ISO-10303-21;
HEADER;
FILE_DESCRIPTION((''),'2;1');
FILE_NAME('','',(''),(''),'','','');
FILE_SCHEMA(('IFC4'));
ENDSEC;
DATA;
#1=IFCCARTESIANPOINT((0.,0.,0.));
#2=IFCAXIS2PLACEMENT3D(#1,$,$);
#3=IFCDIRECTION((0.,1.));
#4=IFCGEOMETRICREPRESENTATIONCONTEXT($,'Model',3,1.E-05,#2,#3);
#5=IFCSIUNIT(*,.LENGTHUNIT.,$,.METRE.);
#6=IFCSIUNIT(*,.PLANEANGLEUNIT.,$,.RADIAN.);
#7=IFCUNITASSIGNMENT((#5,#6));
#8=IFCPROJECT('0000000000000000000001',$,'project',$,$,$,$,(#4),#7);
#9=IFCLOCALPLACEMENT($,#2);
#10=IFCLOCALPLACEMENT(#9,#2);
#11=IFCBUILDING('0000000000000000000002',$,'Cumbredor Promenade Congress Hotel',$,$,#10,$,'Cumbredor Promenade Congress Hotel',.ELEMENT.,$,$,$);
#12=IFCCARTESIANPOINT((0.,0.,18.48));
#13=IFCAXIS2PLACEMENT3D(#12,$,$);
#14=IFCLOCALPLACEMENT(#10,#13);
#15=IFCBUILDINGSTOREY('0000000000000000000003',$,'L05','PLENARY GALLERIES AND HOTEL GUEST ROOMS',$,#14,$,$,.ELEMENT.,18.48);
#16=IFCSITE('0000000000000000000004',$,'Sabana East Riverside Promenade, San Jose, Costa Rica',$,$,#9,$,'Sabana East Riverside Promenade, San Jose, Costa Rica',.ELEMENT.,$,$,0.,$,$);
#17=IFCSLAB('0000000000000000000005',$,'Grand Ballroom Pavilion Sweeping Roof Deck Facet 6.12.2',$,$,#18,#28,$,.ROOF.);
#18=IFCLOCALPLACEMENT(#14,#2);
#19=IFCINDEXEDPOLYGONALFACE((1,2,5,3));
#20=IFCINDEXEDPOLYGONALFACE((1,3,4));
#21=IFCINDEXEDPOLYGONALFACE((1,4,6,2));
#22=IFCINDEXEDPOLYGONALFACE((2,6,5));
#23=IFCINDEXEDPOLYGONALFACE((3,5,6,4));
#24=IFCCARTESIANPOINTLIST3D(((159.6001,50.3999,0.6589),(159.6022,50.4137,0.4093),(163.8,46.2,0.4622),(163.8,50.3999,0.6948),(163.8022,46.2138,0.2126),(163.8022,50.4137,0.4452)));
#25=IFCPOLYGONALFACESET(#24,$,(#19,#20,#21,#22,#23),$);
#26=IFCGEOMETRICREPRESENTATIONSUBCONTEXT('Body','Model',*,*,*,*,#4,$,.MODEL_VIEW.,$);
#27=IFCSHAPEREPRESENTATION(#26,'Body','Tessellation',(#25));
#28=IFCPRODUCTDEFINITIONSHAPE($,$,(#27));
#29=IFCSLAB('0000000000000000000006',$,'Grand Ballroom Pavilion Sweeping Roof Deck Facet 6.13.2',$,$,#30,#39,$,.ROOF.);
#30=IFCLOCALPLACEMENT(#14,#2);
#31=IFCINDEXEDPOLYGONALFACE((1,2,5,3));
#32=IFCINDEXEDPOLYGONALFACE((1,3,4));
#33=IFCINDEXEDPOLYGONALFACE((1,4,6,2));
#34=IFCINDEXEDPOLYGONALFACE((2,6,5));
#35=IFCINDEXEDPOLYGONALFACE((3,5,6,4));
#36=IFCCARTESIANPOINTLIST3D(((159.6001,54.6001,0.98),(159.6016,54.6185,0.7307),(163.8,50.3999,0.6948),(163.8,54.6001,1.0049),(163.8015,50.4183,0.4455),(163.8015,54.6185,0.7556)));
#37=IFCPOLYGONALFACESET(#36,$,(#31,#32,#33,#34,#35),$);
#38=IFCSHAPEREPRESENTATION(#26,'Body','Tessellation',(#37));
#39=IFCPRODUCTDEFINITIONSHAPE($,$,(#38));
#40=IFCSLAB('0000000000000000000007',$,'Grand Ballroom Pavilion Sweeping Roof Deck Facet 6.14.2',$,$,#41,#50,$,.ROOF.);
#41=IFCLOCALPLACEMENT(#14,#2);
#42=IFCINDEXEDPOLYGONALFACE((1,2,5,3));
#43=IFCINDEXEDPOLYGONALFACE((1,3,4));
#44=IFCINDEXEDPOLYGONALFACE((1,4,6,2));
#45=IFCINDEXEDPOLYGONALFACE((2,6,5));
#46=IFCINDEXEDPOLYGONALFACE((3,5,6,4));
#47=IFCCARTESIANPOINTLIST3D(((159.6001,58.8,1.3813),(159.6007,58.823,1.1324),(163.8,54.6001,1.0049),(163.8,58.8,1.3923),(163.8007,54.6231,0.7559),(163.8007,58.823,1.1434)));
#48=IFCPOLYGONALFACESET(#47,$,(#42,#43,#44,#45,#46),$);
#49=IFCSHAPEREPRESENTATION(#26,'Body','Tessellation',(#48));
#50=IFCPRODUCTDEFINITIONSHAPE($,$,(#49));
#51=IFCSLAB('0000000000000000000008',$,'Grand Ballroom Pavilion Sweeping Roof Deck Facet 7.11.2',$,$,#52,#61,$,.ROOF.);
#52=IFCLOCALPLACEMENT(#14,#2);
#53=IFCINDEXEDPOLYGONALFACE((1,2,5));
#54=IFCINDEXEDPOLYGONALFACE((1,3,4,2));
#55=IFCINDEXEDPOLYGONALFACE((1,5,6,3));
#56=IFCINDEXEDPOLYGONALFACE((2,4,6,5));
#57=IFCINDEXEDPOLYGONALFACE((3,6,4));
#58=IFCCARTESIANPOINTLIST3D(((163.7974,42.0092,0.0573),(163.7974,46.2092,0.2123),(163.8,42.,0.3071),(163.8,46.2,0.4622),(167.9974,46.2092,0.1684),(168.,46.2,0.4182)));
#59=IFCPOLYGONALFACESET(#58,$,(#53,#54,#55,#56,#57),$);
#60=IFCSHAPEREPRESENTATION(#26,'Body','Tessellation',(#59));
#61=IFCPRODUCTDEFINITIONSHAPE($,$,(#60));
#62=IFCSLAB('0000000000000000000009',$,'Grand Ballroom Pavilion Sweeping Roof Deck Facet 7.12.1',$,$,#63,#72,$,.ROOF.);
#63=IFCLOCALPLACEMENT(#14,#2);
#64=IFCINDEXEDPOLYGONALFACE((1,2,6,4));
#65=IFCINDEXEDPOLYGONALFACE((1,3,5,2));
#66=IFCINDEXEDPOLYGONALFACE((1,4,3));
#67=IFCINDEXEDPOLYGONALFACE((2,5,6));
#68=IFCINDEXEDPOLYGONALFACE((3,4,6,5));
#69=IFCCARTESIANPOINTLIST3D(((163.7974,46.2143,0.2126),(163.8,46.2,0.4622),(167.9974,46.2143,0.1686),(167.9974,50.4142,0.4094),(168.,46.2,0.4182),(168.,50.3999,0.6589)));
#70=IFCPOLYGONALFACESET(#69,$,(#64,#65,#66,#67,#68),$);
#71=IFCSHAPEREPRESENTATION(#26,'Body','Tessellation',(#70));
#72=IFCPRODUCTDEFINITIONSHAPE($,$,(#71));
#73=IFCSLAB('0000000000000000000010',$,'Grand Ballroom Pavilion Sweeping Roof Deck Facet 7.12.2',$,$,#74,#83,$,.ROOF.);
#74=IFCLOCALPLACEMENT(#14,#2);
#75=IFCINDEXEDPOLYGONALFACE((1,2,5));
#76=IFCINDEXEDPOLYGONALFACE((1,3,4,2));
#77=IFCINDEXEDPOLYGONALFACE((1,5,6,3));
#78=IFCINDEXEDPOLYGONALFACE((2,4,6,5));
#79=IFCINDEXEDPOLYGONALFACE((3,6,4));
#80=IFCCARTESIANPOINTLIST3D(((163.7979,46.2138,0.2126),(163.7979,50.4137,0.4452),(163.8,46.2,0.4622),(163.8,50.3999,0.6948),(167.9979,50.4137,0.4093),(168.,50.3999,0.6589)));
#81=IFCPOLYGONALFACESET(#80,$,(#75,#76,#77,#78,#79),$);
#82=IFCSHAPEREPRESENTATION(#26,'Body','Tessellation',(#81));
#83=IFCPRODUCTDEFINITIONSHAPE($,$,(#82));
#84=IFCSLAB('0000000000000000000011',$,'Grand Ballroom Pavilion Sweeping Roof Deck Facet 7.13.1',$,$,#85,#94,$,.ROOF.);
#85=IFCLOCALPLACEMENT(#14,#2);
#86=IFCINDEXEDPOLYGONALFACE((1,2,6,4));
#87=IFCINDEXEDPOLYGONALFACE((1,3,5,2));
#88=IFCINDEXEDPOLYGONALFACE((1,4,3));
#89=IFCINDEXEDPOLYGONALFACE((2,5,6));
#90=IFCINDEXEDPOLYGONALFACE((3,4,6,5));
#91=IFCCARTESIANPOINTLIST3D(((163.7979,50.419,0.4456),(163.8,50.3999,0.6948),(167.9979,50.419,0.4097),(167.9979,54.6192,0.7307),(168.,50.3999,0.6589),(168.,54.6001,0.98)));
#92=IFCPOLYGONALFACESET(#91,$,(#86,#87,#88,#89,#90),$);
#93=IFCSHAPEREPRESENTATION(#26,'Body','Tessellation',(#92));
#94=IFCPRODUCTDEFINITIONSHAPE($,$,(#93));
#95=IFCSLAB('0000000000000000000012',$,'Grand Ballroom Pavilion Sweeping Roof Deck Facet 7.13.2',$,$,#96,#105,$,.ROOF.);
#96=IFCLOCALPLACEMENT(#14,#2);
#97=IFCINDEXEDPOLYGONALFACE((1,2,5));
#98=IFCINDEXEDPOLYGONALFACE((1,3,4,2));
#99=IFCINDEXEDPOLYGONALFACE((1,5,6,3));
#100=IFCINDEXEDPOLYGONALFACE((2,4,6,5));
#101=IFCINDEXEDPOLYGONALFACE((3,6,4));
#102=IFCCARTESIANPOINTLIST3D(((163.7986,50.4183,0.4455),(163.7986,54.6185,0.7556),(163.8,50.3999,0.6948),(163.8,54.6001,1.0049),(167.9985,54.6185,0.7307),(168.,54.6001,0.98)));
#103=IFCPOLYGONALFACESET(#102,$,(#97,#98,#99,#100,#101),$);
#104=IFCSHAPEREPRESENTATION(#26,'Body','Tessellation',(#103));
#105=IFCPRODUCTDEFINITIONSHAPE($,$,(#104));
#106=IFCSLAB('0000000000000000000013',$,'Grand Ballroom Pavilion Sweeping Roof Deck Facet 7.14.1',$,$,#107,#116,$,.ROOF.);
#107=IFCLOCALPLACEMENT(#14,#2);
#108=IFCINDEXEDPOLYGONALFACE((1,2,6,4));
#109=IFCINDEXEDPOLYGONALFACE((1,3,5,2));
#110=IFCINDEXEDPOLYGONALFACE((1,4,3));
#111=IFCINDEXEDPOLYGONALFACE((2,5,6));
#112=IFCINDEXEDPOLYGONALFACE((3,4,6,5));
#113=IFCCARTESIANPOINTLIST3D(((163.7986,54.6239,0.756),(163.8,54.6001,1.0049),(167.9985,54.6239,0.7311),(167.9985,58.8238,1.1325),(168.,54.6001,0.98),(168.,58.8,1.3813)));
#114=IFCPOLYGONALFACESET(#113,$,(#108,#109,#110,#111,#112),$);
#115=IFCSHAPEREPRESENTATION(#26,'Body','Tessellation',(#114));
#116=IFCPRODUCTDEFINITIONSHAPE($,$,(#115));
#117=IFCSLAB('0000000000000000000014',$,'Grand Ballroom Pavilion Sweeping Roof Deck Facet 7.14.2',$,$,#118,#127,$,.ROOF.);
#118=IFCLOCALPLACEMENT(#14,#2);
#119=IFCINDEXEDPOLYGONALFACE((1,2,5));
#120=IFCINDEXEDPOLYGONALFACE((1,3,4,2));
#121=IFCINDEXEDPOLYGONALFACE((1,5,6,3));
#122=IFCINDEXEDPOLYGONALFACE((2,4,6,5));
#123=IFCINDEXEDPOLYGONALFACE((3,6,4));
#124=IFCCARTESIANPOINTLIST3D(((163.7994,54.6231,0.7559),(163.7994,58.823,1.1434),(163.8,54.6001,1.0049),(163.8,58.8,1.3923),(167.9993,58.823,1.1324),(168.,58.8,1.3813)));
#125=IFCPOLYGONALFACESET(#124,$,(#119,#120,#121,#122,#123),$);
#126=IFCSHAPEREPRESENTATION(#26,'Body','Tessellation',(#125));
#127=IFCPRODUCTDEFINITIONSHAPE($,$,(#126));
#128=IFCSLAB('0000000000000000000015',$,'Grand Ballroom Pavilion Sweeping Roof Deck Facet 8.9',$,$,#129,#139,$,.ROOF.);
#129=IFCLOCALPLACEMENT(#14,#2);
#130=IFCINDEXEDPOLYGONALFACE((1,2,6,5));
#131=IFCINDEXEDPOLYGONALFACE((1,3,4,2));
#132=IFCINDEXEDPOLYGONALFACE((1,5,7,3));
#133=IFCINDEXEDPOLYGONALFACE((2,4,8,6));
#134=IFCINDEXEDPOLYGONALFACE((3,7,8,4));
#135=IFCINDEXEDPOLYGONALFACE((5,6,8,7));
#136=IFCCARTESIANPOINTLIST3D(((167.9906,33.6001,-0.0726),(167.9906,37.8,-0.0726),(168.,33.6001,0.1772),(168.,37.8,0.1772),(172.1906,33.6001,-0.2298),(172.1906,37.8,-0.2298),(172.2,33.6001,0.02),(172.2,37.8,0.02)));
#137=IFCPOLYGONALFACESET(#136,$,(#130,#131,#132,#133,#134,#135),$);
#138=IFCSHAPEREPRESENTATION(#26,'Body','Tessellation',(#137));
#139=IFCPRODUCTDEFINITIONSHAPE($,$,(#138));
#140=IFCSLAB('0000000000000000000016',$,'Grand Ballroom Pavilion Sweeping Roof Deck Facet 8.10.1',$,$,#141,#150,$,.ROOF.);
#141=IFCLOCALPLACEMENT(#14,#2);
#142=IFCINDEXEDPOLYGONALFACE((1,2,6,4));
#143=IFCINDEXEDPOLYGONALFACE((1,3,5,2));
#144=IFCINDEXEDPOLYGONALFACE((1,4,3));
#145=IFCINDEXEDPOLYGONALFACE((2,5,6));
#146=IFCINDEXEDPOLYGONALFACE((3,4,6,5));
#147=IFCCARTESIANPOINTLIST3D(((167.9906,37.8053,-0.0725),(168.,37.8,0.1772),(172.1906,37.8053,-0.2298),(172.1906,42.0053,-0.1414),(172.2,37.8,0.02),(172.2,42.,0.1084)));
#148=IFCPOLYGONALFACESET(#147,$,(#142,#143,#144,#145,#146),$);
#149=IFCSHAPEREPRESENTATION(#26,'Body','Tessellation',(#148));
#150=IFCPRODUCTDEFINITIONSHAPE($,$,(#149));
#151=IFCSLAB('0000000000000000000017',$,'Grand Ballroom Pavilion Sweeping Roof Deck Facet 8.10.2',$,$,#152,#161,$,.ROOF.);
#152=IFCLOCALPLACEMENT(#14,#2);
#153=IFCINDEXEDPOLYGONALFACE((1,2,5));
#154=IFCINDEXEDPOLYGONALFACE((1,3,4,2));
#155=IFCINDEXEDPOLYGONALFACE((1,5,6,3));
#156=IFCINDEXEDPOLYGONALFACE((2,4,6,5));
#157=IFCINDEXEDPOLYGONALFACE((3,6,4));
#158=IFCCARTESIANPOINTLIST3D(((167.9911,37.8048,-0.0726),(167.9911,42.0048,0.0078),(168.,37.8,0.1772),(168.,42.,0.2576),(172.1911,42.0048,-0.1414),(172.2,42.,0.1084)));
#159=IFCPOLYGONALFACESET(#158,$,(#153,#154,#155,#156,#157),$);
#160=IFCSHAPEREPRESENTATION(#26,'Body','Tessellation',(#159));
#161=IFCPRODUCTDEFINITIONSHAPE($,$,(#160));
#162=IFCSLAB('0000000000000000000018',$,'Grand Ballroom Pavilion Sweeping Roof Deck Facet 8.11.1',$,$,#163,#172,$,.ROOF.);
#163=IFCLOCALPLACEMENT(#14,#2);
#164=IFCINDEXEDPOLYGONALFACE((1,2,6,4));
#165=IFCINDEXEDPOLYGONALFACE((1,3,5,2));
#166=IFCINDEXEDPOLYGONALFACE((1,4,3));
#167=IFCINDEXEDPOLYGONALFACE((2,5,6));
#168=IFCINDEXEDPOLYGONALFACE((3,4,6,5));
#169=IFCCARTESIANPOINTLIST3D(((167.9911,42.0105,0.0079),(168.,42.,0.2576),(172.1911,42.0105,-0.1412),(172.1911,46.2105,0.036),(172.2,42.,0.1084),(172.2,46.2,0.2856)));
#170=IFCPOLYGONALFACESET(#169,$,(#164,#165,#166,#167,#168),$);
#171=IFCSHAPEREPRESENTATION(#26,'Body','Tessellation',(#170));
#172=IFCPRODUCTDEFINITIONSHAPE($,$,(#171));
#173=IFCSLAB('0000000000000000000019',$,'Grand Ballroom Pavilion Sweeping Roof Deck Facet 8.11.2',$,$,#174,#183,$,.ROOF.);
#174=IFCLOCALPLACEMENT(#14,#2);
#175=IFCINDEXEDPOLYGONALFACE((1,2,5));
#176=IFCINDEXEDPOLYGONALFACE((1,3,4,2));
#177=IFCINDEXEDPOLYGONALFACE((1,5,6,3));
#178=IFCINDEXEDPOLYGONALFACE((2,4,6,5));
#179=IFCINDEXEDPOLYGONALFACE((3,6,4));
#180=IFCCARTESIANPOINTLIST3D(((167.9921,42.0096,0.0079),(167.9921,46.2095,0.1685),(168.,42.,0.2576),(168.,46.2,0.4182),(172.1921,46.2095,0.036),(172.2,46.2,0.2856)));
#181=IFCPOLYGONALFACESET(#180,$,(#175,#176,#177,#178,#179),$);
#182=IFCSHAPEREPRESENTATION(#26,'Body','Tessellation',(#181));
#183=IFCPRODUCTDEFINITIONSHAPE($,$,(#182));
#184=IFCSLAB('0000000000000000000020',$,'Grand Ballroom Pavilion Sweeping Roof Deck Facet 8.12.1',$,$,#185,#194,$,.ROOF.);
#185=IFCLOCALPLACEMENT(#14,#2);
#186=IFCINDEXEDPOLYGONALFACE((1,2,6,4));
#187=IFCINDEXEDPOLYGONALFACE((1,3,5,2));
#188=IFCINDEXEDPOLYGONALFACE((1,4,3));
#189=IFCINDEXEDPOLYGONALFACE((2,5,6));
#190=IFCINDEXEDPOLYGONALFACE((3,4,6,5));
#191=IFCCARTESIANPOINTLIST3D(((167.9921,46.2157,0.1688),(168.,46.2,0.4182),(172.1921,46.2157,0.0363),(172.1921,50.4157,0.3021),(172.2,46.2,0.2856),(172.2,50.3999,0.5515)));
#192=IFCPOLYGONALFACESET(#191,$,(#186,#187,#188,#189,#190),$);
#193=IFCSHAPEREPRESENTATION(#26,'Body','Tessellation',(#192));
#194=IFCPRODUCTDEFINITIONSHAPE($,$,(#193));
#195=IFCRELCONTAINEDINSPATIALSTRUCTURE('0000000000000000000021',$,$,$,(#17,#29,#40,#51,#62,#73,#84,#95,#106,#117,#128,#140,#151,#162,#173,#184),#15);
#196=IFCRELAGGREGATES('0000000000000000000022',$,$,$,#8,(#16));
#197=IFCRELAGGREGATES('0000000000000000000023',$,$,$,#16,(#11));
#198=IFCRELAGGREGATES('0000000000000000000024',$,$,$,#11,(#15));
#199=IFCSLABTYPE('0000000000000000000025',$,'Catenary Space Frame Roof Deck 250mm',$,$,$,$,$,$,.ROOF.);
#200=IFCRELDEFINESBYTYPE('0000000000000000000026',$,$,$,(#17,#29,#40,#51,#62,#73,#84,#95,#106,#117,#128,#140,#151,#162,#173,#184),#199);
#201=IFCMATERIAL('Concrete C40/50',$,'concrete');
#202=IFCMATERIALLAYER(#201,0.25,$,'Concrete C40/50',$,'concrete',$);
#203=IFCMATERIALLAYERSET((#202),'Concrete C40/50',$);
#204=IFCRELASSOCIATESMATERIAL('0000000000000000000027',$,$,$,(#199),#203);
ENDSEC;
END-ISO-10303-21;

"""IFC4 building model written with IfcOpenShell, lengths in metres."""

from ifc_helpers import new_model, si_unit, direction, frame, origin, place, context, subcontext, project, spatial, polyline, outline, extrude, material, layer, layer_set, type_object, element, save


model = new_model("IFC4")

# Units and contexts
model_context = context("Model", 3, precision=1e-05, world=origin(), true_north=direction((0.0, 1.0)))
body_context = subcontext(model_context, "Body", "Model", "MODEL_VIEW")
ifc_project = project(units=[si_unit("LENGTHUNIT", "METRE"), si_unit("PLANEANGLEUNIT", "RADIAN")], contexts=[model_context])

# Site, building, storey
site_placement = place(None, origin())
site = spatial("IfcSite", under=ifc_project, at=site_placement, Name="Sabana East Riverside Promenade, San Jose, Costa Rica", LongName="Sabana East Riverside Promenade, San Jose, Costa Rica", CompositionType="ELEMENT", RefElevation=0.0)
building_placement = place(site_placement, origin())
building = spatial("IfcBuilding", under=site, at=building_placement, Name="Cumbredor Promenade Congress Hotel", LongName="Cumbredor Promenade Congress Hotel", CompositionType="ELEMENT")
storey_placement = place(building_placement, frame((0.0, 0.0, 18.48)))
storey = spatial("IfcBuildingStorey", under=building, at=storey_placement, Name="L05", Description="PLENARY GALLERIES AND HOTEL GUEST ROOMS", CompositionType="ELEMENT", Elevation=18.48)

# Slabs
ifc_material_1 = material(Name="Concrete C40/50", Category="concrete")
ifc_layer_1 = layer(ifc_material_1, 0.25, Name="Concrete C40/50", Category="concrete")
ifc_layer_set_1 = layer_set([ifc_layer_1], Name="Concrete C40/50")
slab_type = type_object("IfcSlabType", Name="Catenary Space Frame Roof Deck 250mm", PredefinedType="ROOF", material=ifc_layer_set_1)
slab_1_placement = place(storey_placement, frame((163.8, 46.2, 0.4622), z_axis=(-0.008532, -0.05531, 0.998433), x_axis=(0.0, 0.998469, 0.055313)))
element("IfcSlab", 1, at=slab_1_placement, inside=storey, type_object=slab_type, Name="Grand Ballroom Pavilion Sweeping Roof Deck Facet 6.12.2", PredefinedType="ROOF", context=body_context, shape_type="SweptSolid", body=[
    extrude(outline(polyline([(0.0, 0.0), (4.2064, 0.0), (4.2044, 4.2001), (0.0, 0.0)])), origin(), (0.0, 0.0, -1.0), 0.25),
])
slab_2_placement = place(storey_placement, frame((163.8, 50.3999, 0.6948), z_axis=(-0.005913, -0.073618, 0.997269), x_axis=(0.0, 0.997286, 0.07362)))
element("IfcSlab", 2, at=slab_2_placement, inside=storey, type_object=slab_type, Name="Grand Ballroom Pavilion Sweeping Roof Deck Facet 6.13.2", PredefinedType="ROOF", context=body_context, shape_type="SweptSolid", body=[
    extrude(outline(polyline([(0.0, 0.0), (4.2116, 0.0), (4.2098, 4.2), (0.0, 0.0)])), origin(), (0.0, 0.0, -1.0), 0.25),
])
slab_3_placement = place(storey_placement, frame((163.8, 54.6001, 1.0049), z_axis=(-0.002605, -0.091861, 0.995768), x_axis=(0.0, 0.995772, 0.091861)))
element("IfcSlab", 3, at=slab_3_placement, inside=storey, type_object=slab_type, Name="Grand Ballroom Pavilion Sweeping Roof Deck Facet 6.14.2", PredefinedType="ROOF", context=body_context, shape_type="SweptSolid", body=[
    extrude(outline(polyline([(0.0, 0.0), (4.2178, 0.0), (4.2168, 4.2), (0.0, 0.0)])), origin(), (0.0, 0.0, -1.0), 0.25),
])
slab_4_placement = place(storey_placement, frame((163.8, 42.0, 0.3071), z_axis=(0.010456, -0.036885, 0.999265), x_axis=(0.706983, 0.706983, 0.018699)))
element("IfcSlab", 4, at=slab_4_placement, inside=storey, type_object=slab_type, Name="Grand Ballroom Pavilion Sweeping Roof Deck Facet 7.11.2", PredefinedType="ROOF", context=body_context, shape_type="SweptSolid", body=[
    extrude(outline(polyline([(0.0, 0.0), (5.9407, 0.0), (2.9722, 2.9715), (0.0, 0.0)])), origin(), (0.0, 0.0, -1.0), 0.25),
])
slab_5_placement = place(storey_placement, frame((163.8, 46.2, 0.4622), z_axis=(0.010446, -0.057219, 0.998307), x_axis=(0.999945, 0.0, -0.010463)))
element("IfcSlab", 5, at=slab_5_placement, inside=storey, type_object=slab_type, Name="Grand Ballroom Pavilion Sweeping Roof Deck Facet 7.12.1", PredefinedType="ROOF", context=body_context, shape_type="SweptSolid", body=[
    extrude(outline(polyline([(0.0, 0.0), (4.2002, 0.0), (4.1977, 4.2068), (0.0, 0.0)])), origin(), (0.0, 0.0, -1.0), 0.25),
])
slab_6_placement = place(storey_placement, frame((163.8, 46.2, 0.4622), z_axis=(0.008532, -0.05531, 0.998433), x_axis=(0.706719, 0.706719, 0.033111)))
element("IfcSlab", 6, at=slab_6_placement, inside=storey, type_object=slab_type, Name="Grand Ballroom Pavilion Sweeping Roof Deck Facet 7.12.2", PredefinedType="ROOF", context=body_context, shape_type="SweptSolid", body=[
    extrude(outline(polyline([(0.0, 0.0), (5.9429, 0.0), (2.9759, 2.9728), (0.0, 0.0)])), origin(), (0.0, 0.0, -1.0), 0.25),
])
slab_7_placement = place(storey_placement, frame((163.8, 50.3999, 0.6948), z_axis=(0.00852, -0.076211, 0.997055), x_axis=(0.999963, 0.0, -0.008545)))
element("IfcSlab", 7, at=slab_7_placement, inside=storey, type_object=slab_type, Name="Grand Ballroom Pavilion Sweeping Roof Deck Facet 7.13.1", PredefinedType="ROOF", context=body_context, shape_type="SweptSolid", body=[
    extrude(outline(polyline([(0.0, 0.0), (4.2001, 0.0), (4.1974, 4.2124), (0.0, 0.0)])), origin(), (0.0, 0.0, -1.0), 0.25),
])
slab_8_placement = place(storey_placement, frame((163.8, 50.3999, 0.6948), z_axis=(0.005913, -0.073618, 0.997269), x_axis=(0.706273, 0.706314, 0.047952)))
element("IfcSlab", 8, at=slab_8_placement, inside=storey, type_object=slab_type, Name="Grand Ballroom Pavilion Sweeping Roof Deck Facet 7.13.2", PredefinedType="ROOF", context=body_context, shape_type="SweptSolid", body=[
    extrude(outline(polyline([(0.0, 0.0), (5.9466, 0.0), (2.9815, 2.9746), (0.0, 0.0)])), origin(), (0.0, 0.0, -1.0), 0.25),
])
slab_9_placement = place(storey_placement, frame((163.8, 54.6001, 1.0049), z_axis=(0.005902, -0.09513, 0.995447), x_axis=(0.999982, 0.0, -0.005929)))
element("IfcSlab", 9, at=slab_9_placement, inside=storey, type_object=slab_type, Name="Grand Ballroom Pavilion Sweeping Roof Deck Facet 7.14.1", PredefinedType="ROOF", context=body_context, shape_type="SweptSolid", body=[
    extrude(outline(polyline([(0.0, 0.0), (4.2, 0.0), (4.1976, 4.2191), (0.0, 0.0)])), origin(), (0.0, 0.0, -1.0), 0.25),
])
slab_10_placement = place(storey_placement, frame((163.8, 54.6001, 1.0049), z_axis=(0.002605, -0.091861, 0.995768), x_axis=(0.705691, 0.705691, 0.063255)))
element("IfcSlab", 10, at=slab_10_placement, inside=storey, type_object=slab_type, Name="Grand Ballroom Pavilion Sweeping Roof Deck Facet 7.14.2", PredefinedType="ROOF", context=body_context, shape_type="SweptSolid", body=[
    extrude(outline(polyline([(0.0, 0.0), (5.9515, 0.0), (2.9884, 2.9765), (0.0, 0.0)])), origin(), (0.0, 0.0, -1.0), 0.25),
])
slab_11_placement = place(storey_placement, frame((168.0, 33.6001, 0.1772), z_axis=(0.037409, 0.0, 0.9993), x_axis=(0.9993, 0.0, -0.037409)))
element("IfcSlab", 11, at=slab_11_placement, inside=storey, type_object=slab_type, Name="Grand Ballroom Pavilion Sweeping Roof Deck Facet 8.9", PredefinedType="ROOF", context=body_context, shape_type="SweptSolid", body=[
    extrude(outline(polyline([(0.0, 0.0), (4.2029, 0.0), (4.2029, 4.2), (0.0, 4.2), (0.0, 0.0)])), origin(), (0.0, 0.0, -1.0), 0.25),
])
slab_12_placement = place(storey_placement, frame((168.0, 37.8, 0.1772), z_axis=(0.037401, -0.021023, 0.999079), x_axis=(0.9993, 0.0, -0.037409)))
element("IfcSlab", 12, at=slab_12_placement, inside=storey, type_object=slab_type, Name="Grand Ballroom Pavilion Sweeping Roof Deck Facet 8.10.1", PredefinedType="ROOF", context=body_context, shape_type="SweptSolid", body=[
    extrude(outline(polyline([(0.0, 0.0), (4.2029, 0.0), (4.1996, 4.2009), (0.0, 0.0)])), origin(), (0.0, 0.0, -1.0), 0.25),
])
slab_13_placement = place(storey_placement, frame((168.0, 37.8, 0.1772), z_axis=(0.035488, -0.019109, 0.999187), x_axis=(0.707059, 0.707059, -0.01159)))
element("IfcSlab", 13, at=slab_13_placement, inside=storey, type_object=slab_type, Name="Grand Ballroom Pavilion Sweeping Roof Deck Facet 8.10.2", PredefinedType="ROOF", context=body_context, shape_type="SweptSolid", body=[
    extrude(outline(polyline([(0.0, 0.0), (5.94, 0.0), (2.9687, 2.972), (0.0, 0.0)])), origin(), (0.0, 0.0, -1.0), 0.25),
])
slab_14_placement = place(storey_placement, frame((168.0, 42.0, 0.2576), z_axis=(0.035463, -0.042138, 0.998482), x_axis=(0.99937, 0.0, -0.035495)))
element("IfcSlab", 14, at=slab_14_placement, inside=storey, type_object=slab_type, Name="Grand Ballroom Pavilion Sweeping Roof Deck Facet 8.11.1", PredefinedType="ROOF", context=body_context, shape_type="SweptSolid", body=[
    extrude(outline(polyline([(0.0, 0.0), (4.2026, 0.0), (4.1963, 4.2037), (0.0, 0.0)])), origin(), (0.0, 0.0, -1.0), 0.25),
])
slab_15_placement = place(storey_placement, frame((168.0, 42.0, 0.2576), z_axis=(0.031526, -0.038202, 0.998773), x_axis=(0.707099, 0.707099, 0.004727)))
element("IfcSlab", 15, at=slab_15_placement, inside=storey, type_object=slab_type, Name="Grand Ballroom Pavilion Sweeping Roof Deck Facet 8.11.2", PredefinedType="ROOF", context=body_context, shape_type="SweptSolid", body=[
    extrude(outline(polyline([(0.0, 0.0), (5.9397, 0.0), (2.9705, 2.9734), (0.0, 0.0)])), origin(), (0.0, 0.0, -1.0), 0.25),
])
slab_16_placement = place(storey_placement, frame((168.0, 46.2, 0.4182), z_axis=(0.031486, -0.063145, 0.997508), x_axis=(0.999502, 0.0, -0.031549)))
element("IfcSlab", 16, at=slab_16_placement, inside=storey, type_object=slab_type, Name="Grand Ballroom Pavilion Sweeping Roof Deck Facet 8.12.1", PredefinedType="ROOF", context=body_context, shape_type="SweptSolid", body=[
    extrude(outline(polyline([(0.0, 0.0), (4.202, 0.0), (4.1937, 4.2083), (0.0, 0.0)])), origin(), (0.0, 0.0, -1.0), 0.25),
])

save(model, "model.ifc")
